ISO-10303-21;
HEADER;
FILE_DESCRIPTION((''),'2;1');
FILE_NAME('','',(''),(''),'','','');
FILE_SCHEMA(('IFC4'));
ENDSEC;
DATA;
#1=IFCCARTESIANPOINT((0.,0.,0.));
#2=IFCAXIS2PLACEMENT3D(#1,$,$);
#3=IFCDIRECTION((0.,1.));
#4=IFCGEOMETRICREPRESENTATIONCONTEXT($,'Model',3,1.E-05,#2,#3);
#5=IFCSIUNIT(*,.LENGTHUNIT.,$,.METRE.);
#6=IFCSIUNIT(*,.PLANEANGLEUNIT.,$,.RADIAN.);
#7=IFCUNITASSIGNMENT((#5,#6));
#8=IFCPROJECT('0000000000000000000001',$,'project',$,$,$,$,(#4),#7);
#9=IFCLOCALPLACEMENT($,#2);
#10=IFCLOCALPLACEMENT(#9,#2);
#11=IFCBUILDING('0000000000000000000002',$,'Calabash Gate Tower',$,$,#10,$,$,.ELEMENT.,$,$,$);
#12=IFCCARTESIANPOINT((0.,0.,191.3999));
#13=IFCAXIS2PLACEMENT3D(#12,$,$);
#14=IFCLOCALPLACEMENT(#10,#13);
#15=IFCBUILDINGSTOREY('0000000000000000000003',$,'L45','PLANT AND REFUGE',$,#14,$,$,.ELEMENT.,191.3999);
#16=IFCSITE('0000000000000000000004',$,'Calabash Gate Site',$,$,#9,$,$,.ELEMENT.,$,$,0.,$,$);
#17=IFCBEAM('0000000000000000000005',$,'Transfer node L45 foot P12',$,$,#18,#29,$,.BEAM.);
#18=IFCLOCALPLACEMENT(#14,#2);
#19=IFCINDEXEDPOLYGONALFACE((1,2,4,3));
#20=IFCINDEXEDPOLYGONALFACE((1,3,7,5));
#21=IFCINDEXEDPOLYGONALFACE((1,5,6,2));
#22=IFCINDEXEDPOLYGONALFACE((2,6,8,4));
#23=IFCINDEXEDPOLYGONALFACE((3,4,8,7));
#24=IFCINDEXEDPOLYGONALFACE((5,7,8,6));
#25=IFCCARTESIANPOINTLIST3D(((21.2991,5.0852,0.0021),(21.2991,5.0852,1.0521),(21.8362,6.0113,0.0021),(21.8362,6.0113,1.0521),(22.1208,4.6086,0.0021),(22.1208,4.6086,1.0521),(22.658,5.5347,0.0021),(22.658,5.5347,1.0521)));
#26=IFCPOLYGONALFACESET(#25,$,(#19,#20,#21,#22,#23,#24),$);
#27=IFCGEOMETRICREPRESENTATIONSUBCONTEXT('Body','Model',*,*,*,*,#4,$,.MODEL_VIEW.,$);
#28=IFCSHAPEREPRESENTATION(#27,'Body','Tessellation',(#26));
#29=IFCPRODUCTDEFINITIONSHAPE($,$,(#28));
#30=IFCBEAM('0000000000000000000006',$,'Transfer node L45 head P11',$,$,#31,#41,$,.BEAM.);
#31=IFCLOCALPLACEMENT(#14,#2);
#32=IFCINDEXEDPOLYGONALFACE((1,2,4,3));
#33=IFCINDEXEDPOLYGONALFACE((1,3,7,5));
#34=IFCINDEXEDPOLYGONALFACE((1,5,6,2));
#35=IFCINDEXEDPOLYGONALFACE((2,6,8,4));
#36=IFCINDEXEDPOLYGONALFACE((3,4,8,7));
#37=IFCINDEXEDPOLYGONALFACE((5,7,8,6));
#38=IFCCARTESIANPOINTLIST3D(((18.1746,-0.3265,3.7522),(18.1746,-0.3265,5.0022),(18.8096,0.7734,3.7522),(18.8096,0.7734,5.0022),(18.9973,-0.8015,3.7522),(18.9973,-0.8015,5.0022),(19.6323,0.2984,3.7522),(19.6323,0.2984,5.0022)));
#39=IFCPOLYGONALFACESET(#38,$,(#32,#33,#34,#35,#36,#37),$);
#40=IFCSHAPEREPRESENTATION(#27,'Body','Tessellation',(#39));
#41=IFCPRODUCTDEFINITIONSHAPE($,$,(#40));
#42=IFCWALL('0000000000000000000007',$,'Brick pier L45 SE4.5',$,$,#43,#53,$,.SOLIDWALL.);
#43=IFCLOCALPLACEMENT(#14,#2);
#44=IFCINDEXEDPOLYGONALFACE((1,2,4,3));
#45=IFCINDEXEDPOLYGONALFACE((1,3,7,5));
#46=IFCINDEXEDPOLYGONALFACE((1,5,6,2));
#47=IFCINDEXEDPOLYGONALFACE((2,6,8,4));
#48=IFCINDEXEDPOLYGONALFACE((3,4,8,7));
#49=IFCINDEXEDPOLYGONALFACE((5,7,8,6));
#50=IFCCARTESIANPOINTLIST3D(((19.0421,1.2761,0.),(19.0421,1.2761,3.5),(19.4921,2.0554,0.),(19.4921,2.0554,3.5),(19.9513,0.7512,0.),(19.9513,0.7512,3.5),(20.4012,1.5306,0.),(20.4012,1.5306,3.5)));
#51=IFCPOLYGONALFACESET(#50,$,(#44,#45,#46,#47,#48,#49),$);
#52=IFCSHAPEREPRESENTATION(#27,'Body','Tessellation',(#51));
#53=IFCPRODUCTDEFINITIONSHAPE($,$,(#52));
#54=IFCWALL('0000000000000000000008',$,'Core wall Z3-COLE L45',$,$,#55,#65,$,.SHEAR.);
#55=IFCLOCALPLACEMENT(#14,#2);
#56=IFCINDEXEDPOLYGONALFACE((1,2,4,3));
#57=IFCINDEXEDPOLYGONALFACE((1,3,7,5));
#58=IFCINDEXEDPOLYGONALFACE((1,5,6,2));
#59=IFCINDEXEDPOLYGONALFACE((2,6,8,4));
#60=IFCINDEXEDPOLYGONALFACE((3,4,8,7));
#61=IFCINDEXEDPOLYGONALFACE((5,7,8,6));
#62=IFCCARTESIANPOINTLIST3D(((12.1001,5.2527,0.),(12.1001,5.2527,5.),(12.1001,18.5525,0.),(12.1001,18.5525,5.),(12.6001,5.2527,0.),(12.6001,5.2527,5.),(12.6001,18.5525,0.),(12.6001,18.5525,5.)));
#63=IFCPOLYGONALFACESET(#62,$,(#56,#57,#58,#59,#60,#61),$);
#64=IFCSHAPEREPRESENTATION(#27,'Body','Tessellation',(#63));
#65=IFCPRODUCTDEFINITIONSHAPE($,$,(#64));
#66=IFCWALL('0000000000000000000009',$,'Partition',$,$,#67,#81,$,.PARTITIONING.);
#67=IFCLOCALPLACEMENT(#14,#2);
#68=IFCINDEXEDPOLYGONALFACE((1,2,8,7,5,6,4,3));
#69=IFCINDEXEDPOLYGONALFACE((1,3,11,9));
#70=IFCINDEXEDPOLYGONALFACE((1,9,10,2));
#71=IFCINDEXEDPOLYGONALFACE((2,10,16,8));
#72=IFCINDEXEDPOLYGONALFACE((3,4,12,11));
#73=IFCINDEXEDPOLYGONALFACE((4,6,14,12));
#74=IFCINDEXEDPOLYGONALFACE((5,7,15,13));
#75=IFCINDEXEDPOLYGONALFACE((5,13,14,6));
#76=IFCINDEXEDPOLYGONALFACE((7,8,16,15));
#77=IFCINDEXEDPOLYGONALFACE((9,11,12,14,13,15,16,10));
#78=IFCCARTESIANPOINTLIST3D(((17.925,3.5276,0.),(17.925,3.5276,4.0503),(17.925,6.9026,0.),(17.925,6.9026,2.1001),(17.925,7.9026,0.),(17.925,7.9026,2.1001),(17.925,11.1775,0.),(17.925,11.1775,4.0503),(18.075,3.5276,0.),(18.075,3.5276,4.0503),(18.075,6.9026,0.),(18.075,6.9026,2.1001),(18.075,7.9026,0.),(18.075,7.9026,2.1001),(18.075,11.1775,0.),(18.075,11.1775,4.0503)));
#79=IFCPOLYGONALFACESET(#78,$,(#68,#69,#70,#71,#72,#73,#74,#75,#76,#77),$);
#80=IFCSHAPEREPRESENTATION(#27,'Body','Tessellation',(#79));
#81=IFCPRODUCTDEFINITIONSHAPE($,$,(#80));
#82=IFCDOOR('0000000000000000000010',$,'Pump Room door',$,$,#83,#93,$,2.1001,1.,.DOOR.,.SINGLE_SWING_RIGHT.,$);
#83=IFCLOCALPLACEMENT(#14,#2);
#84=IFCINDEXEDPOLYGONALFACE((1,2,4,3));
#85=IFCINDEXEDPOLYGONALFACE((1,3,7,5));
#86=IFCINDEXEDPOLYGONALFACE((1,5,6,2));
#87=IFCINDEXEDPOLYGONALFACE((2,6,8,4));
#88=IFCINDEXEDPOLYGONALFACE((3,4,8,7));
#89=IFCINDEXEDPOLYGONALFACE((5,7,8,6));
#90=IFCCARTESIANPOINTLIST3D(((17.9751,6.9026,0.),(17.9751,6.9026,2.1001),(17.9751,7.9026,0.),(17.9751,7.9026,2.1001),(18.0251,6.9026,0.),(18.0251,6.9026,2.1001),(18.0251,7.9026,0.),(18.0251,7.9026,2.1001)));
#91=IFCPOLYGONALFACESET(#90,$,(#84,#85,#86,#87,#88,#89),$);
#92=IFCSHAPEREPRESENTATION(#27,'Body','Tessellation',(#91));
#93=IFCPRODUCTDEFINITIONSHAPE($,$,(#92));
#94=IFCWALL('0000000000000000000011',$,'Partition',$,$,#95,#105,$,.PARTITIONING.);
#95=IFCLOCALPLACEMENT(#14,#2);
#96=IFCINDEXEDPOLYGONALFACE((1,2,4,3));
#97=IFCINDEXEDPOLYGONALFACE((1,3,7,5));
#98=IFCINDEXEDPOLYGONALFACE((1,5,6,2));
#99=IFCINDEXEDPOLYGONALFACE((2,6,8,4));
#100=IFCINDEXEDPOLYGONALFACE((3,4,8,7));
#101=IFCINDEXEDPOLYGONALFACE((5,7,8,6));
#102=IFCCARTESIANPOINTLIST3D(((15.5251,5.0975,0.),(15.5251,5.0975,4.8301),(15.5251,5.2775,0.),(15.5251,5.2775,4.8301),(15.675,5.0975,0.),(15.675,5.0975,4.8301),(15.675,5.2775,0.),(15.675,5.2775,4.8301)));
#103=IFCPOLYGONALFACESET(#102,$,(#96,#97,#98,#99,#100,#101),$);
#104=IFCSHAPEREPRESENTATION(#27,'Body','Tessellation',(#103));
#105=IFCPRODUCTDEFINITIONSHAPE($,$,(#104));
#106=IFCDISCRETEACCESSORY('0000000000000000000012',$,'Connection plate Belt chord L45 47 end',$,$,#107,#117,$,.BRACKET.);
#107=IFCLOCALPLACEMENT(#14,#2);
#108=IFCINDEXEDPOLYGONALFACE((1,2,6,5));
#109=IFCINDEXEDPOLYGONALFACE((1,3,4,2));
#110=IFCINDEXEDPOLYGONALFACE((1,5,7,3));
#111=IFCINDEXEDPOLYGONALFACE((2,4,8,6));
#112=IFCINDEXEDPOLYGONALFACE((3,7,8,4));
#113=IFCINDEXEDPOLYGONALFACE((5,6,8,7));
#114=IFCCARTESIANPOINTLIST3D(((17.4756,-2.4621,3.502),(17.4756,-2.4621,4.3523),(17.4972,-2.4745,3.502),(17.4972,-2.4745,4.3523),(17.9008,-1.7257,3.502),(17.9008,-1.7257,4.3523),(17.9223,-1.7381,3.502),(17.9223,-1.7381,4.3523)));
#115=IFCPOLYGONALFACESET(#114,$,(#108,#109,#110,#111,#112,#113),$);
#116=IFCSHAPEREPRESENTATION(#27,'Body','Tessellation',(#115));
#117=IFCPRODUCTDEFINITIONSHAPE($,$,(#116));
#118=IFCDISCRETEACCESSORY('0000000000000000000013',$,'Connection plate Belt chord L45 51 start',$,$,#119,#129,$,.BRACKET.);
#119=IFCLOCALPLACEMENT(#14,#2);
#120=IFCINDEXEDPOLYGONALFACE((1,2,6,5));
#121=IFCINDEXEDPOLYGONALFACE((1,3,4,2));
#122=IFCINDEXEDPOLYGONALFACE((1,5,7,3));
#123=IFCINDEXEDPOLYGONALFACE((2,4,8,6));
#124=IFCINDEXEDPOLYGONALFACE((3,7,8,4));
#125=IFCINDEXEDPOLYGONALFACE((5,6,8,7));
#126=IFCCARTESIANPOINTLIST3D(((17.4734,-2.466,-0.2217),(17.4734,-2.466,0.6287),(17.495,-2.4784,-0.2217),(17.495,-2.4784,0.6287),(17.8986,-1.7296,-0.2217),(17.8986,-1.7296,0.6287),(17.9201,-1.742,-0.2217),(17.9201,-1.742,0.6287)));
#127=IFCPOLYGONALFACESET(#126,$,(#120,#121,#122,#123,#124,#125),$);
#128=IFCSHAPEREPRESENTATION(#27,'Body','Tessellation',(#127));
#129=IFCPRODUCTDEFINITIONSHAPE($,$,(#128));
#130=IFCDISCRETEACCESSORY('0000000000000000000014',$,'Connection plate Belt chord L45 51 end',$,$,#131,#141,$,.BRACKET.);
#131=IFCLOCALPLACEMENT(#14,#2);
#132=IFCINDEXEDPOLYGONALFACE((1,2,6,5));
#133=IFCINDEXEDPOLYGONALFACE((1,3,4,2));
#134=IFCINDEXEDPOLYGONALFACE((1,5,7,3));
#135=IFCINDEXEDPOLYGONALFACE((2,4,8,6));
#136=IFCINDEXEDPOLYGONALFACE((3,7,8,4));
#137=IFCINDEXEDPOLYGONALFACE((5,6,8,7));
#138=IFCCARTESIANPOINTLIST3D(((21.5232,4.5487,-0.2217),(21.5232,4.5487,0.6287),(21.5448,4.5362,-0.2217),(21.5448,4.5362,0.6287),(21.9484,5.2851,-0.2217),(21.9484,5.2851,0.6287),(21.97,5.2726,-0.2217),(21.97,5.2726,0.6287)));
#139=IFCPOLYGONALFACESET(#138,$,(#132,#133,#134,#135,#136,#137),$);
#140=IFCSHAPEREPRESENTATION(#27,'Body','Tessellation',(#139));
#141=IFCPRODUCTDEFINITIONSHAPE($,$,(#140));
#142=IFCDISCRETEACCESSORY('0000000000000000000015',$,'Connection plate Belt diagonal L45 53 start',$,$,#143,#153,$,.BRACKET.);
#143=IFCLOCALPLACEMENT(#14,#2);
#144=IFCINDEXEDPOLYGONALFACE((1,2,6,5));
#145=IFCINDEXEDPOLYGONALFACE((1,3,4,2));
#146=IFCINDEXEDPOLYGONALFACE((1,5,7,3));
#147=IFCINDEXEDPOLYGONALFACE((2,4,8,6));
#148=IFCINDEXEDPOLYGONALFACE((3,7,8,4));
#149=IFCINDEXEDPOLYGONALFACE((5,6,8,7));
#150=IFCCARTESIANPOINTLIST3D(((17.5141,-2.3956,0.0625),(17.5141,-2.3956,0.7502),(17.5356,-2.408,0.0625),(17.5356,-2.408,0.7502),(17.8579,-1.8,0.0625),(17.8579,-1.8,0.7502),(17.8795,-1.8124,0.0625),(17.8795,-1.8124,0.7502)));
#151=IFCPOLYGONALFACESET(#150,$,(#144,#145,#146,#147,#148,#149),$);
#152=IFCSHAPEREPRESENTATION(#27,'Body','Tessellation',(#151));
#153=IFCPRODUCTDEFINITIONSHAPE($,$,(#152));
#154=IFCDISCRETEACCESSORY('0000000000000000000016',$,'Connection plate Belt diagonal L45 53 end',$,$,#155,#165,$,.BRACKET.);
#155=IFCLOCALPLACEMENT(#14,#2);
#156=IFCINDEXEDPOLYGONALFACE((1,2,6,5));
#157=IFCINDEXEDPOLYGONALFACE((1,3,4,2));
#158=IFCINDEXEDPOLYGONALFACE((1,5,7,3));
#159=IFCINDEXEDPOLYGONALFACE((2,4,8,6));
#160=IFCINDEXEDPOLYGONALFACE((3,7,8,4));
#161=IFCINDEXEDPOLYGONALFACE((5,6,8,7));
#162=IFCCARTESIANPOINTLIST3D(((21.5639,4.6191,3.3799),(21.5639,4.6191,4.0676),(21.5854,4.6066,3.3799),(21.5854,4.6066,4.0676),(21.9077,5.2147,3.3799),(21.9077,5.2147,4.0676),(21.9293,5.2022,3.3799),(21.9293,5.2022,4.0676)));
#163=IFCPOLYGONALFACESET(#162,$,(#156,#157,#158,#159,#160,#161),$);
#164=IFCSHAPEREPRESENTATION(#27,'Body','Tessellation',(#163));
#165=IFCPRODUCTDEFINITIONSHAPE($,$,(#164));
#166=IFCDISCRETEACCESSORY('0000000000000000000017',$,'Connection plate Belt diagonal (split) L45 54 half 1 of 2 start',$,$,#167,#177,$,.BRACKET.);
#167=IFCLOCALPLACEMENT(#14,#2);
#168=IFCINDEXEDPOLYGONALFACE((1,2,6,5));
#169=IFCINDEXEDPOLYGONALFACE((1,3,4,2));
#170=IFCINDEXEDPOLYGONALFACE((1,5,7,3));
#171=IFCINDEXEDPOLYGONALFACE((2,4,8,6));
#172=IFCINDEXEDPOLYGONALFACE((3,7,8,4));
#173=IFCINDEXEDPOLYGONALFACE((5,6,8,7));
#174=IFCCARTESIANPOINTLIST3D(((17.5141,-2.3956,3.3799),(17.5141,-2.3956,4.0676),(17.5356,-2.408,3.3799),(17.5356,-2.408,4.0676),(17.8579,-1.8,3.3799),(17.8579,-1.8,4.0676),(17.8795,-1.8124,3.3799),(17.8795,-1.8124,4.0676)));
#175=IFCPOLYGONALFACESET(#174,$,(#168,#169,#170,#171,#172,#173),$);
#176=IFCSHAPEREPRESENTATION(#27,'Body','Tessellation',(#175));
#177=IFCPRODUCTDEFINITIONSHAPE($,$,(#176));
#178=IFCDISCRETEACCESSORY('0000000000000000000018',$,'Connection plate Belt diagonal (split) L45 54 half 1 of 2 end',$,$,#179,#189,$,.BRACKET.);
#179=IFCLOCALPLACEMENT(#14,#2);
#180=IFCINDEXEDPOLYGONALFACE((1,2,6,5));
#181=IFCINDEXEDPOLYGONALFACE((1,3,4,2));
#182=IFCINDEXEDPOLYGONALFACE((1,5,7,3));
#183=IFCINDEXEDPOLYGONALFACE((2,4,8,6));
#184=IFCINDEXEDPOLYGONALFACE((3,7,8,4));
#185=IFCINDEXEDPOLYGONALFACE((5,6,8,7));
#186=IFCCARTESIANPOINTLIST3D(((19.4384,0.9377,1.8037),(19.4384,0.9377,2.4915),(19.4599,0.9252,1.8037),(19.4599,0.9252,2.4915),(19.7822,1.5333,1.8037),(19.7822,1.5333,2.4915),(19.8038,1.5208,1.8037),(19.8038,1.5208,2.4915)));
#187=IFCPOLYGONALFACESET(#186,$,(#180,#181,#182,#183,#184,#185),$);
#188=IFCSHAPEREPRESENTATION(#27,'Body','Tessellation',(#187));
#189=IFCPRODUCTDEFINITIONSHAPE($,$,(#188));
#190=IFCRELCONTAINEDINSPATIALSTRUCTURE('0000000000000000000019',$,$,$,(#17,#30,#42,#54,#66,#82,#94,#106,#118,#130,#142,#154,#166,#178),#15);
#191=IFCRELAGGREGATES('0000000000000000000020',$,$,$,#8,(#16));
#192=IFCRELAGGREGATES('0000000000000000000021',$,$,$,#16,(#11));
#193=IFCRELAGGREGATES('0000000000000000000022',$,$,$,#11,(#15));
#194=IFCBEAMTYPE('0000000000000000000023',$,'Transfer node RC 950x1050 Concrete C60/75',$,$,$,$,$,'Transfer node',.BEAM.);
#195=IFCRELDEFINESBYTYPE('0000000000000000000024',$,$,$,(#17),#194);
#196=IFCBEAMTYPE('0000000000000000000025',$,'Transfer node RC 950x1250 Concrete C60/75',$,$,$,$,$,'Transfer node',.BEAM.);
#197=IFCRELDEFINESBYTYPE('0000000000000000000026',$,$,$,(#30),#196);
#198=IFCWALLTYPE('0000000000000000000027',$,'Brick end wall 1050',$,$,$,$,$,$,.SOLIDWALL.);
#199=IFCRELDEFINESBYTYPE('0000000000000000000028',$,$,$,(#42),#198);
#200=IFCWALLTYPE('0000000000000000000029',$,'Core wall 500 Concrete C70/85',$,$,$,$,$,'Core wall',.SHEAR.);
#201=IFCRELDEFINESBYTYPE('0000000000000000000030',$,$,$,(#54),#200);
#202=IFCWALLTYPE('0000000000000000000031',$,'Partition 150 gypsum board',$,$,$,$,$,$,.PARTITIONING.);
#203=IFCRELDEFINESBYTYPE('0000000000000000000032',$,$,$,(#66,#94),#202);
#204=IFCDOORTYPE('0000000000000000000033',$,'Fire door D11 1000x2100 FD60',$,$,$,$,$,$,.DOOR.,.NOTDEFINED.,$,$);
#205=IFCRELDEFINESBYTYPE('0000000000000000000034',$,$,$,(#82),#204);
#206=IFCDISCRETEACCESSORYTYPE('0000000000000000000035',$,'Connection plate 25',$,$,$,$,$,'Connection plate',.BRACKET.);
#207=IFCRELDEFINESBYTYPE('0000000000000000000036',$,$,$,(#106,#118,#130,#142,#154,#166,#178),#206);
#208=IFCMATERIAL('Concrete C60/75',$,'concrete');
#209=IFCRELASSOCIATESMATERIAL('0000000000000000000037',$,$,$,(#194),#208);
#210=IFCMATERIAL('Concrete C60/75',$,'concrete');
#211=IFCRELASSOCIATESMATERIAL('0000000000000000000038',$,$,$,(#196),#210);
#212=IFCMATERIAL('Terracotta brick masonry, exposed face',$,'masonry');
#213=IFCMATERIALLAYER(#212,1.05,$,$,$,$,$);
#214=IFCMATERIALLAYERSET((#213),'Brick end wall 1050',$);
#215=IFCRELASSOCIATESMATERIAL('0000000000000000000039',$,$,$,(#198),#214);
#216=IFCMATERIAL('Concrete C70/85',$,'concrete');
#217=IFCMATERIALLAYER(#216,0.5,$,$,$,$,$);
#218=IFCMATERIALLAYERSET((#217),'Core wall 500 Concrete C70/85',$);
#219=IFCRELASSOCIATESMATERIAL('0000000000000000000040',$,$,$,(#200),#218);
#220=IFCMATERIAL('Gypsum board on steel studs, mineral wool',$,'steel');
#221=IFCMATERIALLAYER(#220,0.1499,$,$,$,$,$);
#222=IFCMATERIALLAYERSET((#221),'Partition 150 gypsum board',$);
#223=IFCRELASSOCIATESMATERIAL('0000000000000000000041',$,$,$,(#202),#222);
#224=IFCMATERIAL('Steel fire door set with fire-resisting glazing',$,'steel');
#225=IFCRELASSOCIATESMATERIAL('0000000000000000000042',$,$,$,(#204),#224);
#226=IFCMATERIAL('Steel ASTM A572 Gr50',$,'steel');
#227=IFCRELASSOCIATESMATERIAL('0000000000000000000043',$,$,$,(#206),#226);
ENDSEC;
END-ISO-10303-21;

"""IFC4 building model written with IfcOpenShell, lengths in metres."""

from ifc_helpers import new_model, si_unit, direction, frame, frame_2d, origin, origin_2d, place, context, subcontext, project, spatial, rectangle, extrude, material, layer, layer_set, material_profile, profile_set, type_object, element, fill, save


model = new_model("IFC4")

# Units and contexts
model_context = context("Model", 3, precision=1e-05, world=origin(), true_north=direction((0.0, 1.0)))
body_context = subcontext(model_context, "Body", "Model", "MODEL_VIEW")
ifc_project = project(units=[si_unit("LENGTHUNIT", "METRE"), si_unit("PLANEANGLEUNIT", "RADIAN")], contexts=[model_context])

# Site, building, storey
site_placement = place(None, origin())
site = spatial("IfcSite", under=ifc_project, at=site_placement, Name="Calabash Gate Site", CompositionType="ELEMENT", RefElevation=0.0)
building_placement = place(site_placement, origin())
building = spatial("IfcBuilding", under=site, at=building_placement, Name="Calabash Gate Tower", CompositionType="ELEMENT")
storey_placement = place(building_placement, frame((0.0, 0.0, 191.3999)))
storey = spatial("IfcBuildingStorey", under=building, at=storey_placement, Name="L45", Description="PLANT AND REFUGE", CompositionType="ELEMENT", Elevation=191.3999)

# Beams
ifc_material_1 = material(Name="Concrete C60/75", Category="concrete")
ifc_material_profile_1 = material_profile(ifc_material_1, rectangle(XDim=0.95, YDim=1.05, at=origin_2d()))
ifc_profile_set_1 = profile_set([ifc_material_profile_1], Name="Concrete C60/75")
beam_type_1 = type_object("IfcBeamType", Name="Transfer node RC 950x1050 Concrete C60/75", ElementType="Transfer node", PredefinedType="BEAM", material=ifc_profile_set_1)
beam_1_placement = place(storey_placement, frame((21.71, 4.8469, 0.5271), z_axis=(0.501728, 0.865025, 0.0), x_axis=(-0.865025, 0.501728, 0.0)))
element("IfcBeam", 1, at=beam_1_placement, inside=storey, type_object=beam_type_1, Name="Transfer node L45 foot P12", PredefinedType="BEAM", context=body_context, shape_type="SweptSolid", body=[
    extrude(rectangle(XDim=0.95, YDim=1.05, at=origin_2d()), origin(), (0.0, 0.0, 1.0), 1.0706),
])
ifc_material_2 = material(Name="Concrete C60/75", Category="concrete")
ifc_material_profile_2 = material_profile(ifc_material_2, rectangle(XDim=0.95, YDim=1.25, at=origin_2d()))
ifc_profile_set_2 = profile_set([ifc_material_profile_2], Name="Concrete C60/75")
beam_type_2 = type_object("IfcBeamType", Name="Transfer node RC 950x1250 Concrete C60/75", ElementType="Transfer node", PredefinedType="BEAM", material=ifc_profile_set_2)
beam_2_placement = place(storey_placement, frame((18.5859, -0.564, 4.3772), z_axis=(0.500005, 0.866022, 0.0), x_axis=(-0.866022, 0.500005, 0.0)))
element("IfcBeam", 2, at=beam_2_placement, inside=storey, type_object=beam_type_2, Name="Transfer node L45 head P11", PredefinedType="BEAM", context=body_context, shape_type="SweptSolid", body=[
    extrude(rectangle(XDim=0.95, YDim=1.25, at=origin_2d()), origin(), (0.0, 0.0, 1.0), 1.27),
])

# Walls
ifc_material_3 = material(Name="Terracotta brick masonry, exposed face", Category="masonry")
ifc_layer_1 = layer(ifc_material_3, 1.05)
ifc_layer_set_1 = layer_set([ifc_layer_1], Name="Brick end wall 1050")
wall_type_1 = type_object("IfcWallType", Name="Brick end wall 1050", PredefinedType="SOLIDWALL", material=ifc_layer_set_1)
wall_1_placement = place(storey_placement, frame((19.2671, 1.6658, 0.0), z_axis=(0.0, 0.0, 1.0), x_axis=(0.866031, -0.499991, 0.0)))
element("IfcWall", 3, at=wall_1_placement, inside=storey, type_object=wall_type_1, Name="Brick pier L45 SE4.5", PredefinedType="SOLIDWALL", context=body_context, shape_type="SweptSolid", body=[
    extrude(rectangle(XDim=1.0498, YDim=0.8999, at=frame_2d((0.5249, 0.0))), origin(), (0.0, 0.0, 1.0), 3.5),
])
ifc_material_4 = material(Name="Concrete C70/85", Category="concrete")
ifc_layer_2 = layer(ifc_material_4, 0.5)
ifc_layer_set_2 = layer_set([ifc_layer_2], Name="Core wall 500 Concrete C70/85")
wall_type_2 = type_object("IfcWallType", Name="Core wall 500 Concrete C70/85", ElementType="Core wall", PredefinedType="SHEAR", material=ifc_layer_set_2)
wall_2_placement = place(storey_placement, frame((12.3501, 5.2527, 0.0), z_axis=(0.0, 0.0, 1.0), x_axis=(0.0, 1.0, 0.0)))
element("IfcWall", 4, at=wall_2_placement, inside=storey, type_object=wall_type_2, Name="Core wall Z3-COLE L45", PredefinedType="SHEAR", context=body_context, shape_type="SweptSolid", body=[
    extrude(rectangle(XDim=13.2998, YDim=0.5, at=frame_2d((6.6499, 0.0))), origin(), (0.0, 0.0, 1.0), 5.0),
])

# Wall, opening, door
ifc_material_5 = material(Name="Gypsum board on steel studs, mineral wool", Category="steel")
ifc_layer_3 = layer(ifc_material_5, 0.1499)
ifc_layer_set_3 = layer_set([ifc_layer_3], Name="Partition 150 gypsum board")
wall_type_3 = type_object("IfcWallType", Name="Partition 150 gypsum board", PredefinedType="PARTITIONING", material=ifc_layer_set_3)
wall_3_placement = place(storey_placement, frame((18.0, 3.5276, 0.0), z_axis=(0.0, 0.0, 1.0), x_axis=(0.0, 1.0, 0.0)))
wall_3 = element("IfcWall", 5, at=wall_3_placement, inside=storey, type_object=wall_type_3, Name="Partition", PredefinedType="PARTITIONING", context=body_context, shape_type="SweptSolid", body=[
    extrude(rectangle(XDim=7.6499, YDim=0.1499, at=frame_2d((3.825, 0.0))), origin(), (0.0, 0.0, 1.0), 4.0503),
])
opening_placement = place(wall_3_placement, frame((3.375, 0.0, 0.0)))
opening = element("IfcOpeningElement", 6, at=opening_placement, cuts=wall_3, PredefinedType="OPENING", context=body_context, shape_type="SweptSolid", body=[
    extrude(rectangle(XDim=1.0, YDim=2.1001, at=frame_2d((0.5, 1.05))), frame((0.0, 0.085, 0.0), z_axis=(0.0, -1.0, 0.0), x_axis=(1.0, 0.0, 0.0)), (0.0, 0.0, 1.0), 0.1699),
])
ifc_material_6 = material(Name="Steel fire door set with fire-resisting glazing", Category="steel")
door_type = type_object("IfcDoorType", Name="Fire door D11 1000x2100 FD60", OperationType="NOTDEFINED", PredefinedType="DOOR", material=ifc_material_6)
door_placement = place(opening_placement, origin())
door = element("IfcDoor", 7, at=door_placement, inside=storey, type_object=door_type, Name="Pump Room door", OperationType="SINGLE_SWING_RIGHT", OverallHeight=2.1001, OverallWidth=1.0, PredefinedType="DOOR", context=body_context, shape_type="SweptSolid", body=[
    extrude(rectangle(XDim=1.0, YDim=2.1001, at=frame_2d((0.5, 1.05))), frame((0.0, 0.0249, 0.0), z_axis=(0.0, -1.0, 0.0), x_axis=(1.0, 0.0, 0.0)), (0.0, 0.0, 1.0), 0.05),
])
fill(opening, door)

# Wall
wall_4_placement = place(storey_placement, frame((15.6001, 5.0977, 0.0), z_axis=(0.0, 0.0, 1.0), x_axis=(0.0, 1.0, 0.0)))
element("IfcWall", 8, at=wall_4_placement, inside=storey, type_object=wall_type_3, Name="Partition", PredefinedType="PARTITIONING", context=body_context, shape_type="SweptSolid", body=[
    extrude(rectangle(XDim=0.1799, YDim=0.1499, at=frame_2d((0.0898, 0.0))), origin(), (0.0, 0.0, 1.0), 4.8301),
])

# Discrete accessories
ifc_material_7 = material(Name="Steel ASTM A572 Gr50", Category="steel")
discrete_accessory_type = type_object("IfcDiscreteAccessoryType", Name="Connection plate 25", ElementType="Connection plate", PredefinedType="BRACKET", material=ifc_material_7)
for number, where, z_axis, x_axis, name in (
    (9, (17.699, -2.1001, 3.502), (0.0, 0.0, 1.0), (0.499996, 0.866028, 0.0), "Connection plate Belt chord L45 47 end"),
    (10, (17.6968, -2.104, -0.2217), (0.0, 0.0, 1.0), (0.5, 0.866025, 0.0), "Connection plate Belt chord L45 51 start"),
    (11, (21.7466, 4.9106, -0.2217), (0.0, 0.0, 1.0), (0.5, 0.866025, 0.0), "Connection plate Belt chord L45 51 end"),
):
    element("IfcDiscreteAccessory", number, at=place(storey_placement, frame(where, z_axis=z_axis, x_axis=x_axis)), inside=storey, type_object=discrete_accessory_type, Name=name, PredefinedType="BRACKET", context=body_context, shape_type="SweptSolid", body=[
        extrude(rectangle(XDim=0.8503, YDim=0.0249, at=origin_2d()), origin(), (0.0, 0.0, 1.0), 0.8503),
    ])
for number, where, z_axis, x_axis, name in (
    (12, (17.6968, -2.104, 0.0625), (0.0, 0.0, 1.0), (0.5, 0.866025, 0.0), "Connection plate Belt diagonal L45 53 start"),
    (13, (21.7466, 4.9106, 3.3799), (0.0, 0.0, 1.0), (0.5, 0.866025, 0.0), "Connection plate Belt diagonal L45 53 end"),
    (14, (17.6968, -2.104, 3.3799), (0.0, 0.0, 1.0), (0.5, 0.866025, 0.0), "Connection plate Belt diagonal (split) L45 54 half 1 of 2 start"),
    (15, (19.6211, 1.2292, 1.8037), (0.0, 0.0, 1.0), (0.5, 0.866025, 0.0), "Connection plate Belt diagonal (split) L45 54 half 1 of 2 end"),
):
    element("IfcDiscreteAccessory", number, at=place(storey_placement, frame(where, z_axis=z_axis, x_axis=x_axis)), inside=storey, type_object=discrete_accessory_type, Name=name, PredefinedType="BRACKET", context=body_context, shape_type="SweptSolid", body=[
        extrude(rectangle(XDim=0.6877, YDim=0.0249, at=origin_2d()), origin(), (0.0, 0.0, 1.0), 0.6877),
    ])

save(model, "model.ifc")
